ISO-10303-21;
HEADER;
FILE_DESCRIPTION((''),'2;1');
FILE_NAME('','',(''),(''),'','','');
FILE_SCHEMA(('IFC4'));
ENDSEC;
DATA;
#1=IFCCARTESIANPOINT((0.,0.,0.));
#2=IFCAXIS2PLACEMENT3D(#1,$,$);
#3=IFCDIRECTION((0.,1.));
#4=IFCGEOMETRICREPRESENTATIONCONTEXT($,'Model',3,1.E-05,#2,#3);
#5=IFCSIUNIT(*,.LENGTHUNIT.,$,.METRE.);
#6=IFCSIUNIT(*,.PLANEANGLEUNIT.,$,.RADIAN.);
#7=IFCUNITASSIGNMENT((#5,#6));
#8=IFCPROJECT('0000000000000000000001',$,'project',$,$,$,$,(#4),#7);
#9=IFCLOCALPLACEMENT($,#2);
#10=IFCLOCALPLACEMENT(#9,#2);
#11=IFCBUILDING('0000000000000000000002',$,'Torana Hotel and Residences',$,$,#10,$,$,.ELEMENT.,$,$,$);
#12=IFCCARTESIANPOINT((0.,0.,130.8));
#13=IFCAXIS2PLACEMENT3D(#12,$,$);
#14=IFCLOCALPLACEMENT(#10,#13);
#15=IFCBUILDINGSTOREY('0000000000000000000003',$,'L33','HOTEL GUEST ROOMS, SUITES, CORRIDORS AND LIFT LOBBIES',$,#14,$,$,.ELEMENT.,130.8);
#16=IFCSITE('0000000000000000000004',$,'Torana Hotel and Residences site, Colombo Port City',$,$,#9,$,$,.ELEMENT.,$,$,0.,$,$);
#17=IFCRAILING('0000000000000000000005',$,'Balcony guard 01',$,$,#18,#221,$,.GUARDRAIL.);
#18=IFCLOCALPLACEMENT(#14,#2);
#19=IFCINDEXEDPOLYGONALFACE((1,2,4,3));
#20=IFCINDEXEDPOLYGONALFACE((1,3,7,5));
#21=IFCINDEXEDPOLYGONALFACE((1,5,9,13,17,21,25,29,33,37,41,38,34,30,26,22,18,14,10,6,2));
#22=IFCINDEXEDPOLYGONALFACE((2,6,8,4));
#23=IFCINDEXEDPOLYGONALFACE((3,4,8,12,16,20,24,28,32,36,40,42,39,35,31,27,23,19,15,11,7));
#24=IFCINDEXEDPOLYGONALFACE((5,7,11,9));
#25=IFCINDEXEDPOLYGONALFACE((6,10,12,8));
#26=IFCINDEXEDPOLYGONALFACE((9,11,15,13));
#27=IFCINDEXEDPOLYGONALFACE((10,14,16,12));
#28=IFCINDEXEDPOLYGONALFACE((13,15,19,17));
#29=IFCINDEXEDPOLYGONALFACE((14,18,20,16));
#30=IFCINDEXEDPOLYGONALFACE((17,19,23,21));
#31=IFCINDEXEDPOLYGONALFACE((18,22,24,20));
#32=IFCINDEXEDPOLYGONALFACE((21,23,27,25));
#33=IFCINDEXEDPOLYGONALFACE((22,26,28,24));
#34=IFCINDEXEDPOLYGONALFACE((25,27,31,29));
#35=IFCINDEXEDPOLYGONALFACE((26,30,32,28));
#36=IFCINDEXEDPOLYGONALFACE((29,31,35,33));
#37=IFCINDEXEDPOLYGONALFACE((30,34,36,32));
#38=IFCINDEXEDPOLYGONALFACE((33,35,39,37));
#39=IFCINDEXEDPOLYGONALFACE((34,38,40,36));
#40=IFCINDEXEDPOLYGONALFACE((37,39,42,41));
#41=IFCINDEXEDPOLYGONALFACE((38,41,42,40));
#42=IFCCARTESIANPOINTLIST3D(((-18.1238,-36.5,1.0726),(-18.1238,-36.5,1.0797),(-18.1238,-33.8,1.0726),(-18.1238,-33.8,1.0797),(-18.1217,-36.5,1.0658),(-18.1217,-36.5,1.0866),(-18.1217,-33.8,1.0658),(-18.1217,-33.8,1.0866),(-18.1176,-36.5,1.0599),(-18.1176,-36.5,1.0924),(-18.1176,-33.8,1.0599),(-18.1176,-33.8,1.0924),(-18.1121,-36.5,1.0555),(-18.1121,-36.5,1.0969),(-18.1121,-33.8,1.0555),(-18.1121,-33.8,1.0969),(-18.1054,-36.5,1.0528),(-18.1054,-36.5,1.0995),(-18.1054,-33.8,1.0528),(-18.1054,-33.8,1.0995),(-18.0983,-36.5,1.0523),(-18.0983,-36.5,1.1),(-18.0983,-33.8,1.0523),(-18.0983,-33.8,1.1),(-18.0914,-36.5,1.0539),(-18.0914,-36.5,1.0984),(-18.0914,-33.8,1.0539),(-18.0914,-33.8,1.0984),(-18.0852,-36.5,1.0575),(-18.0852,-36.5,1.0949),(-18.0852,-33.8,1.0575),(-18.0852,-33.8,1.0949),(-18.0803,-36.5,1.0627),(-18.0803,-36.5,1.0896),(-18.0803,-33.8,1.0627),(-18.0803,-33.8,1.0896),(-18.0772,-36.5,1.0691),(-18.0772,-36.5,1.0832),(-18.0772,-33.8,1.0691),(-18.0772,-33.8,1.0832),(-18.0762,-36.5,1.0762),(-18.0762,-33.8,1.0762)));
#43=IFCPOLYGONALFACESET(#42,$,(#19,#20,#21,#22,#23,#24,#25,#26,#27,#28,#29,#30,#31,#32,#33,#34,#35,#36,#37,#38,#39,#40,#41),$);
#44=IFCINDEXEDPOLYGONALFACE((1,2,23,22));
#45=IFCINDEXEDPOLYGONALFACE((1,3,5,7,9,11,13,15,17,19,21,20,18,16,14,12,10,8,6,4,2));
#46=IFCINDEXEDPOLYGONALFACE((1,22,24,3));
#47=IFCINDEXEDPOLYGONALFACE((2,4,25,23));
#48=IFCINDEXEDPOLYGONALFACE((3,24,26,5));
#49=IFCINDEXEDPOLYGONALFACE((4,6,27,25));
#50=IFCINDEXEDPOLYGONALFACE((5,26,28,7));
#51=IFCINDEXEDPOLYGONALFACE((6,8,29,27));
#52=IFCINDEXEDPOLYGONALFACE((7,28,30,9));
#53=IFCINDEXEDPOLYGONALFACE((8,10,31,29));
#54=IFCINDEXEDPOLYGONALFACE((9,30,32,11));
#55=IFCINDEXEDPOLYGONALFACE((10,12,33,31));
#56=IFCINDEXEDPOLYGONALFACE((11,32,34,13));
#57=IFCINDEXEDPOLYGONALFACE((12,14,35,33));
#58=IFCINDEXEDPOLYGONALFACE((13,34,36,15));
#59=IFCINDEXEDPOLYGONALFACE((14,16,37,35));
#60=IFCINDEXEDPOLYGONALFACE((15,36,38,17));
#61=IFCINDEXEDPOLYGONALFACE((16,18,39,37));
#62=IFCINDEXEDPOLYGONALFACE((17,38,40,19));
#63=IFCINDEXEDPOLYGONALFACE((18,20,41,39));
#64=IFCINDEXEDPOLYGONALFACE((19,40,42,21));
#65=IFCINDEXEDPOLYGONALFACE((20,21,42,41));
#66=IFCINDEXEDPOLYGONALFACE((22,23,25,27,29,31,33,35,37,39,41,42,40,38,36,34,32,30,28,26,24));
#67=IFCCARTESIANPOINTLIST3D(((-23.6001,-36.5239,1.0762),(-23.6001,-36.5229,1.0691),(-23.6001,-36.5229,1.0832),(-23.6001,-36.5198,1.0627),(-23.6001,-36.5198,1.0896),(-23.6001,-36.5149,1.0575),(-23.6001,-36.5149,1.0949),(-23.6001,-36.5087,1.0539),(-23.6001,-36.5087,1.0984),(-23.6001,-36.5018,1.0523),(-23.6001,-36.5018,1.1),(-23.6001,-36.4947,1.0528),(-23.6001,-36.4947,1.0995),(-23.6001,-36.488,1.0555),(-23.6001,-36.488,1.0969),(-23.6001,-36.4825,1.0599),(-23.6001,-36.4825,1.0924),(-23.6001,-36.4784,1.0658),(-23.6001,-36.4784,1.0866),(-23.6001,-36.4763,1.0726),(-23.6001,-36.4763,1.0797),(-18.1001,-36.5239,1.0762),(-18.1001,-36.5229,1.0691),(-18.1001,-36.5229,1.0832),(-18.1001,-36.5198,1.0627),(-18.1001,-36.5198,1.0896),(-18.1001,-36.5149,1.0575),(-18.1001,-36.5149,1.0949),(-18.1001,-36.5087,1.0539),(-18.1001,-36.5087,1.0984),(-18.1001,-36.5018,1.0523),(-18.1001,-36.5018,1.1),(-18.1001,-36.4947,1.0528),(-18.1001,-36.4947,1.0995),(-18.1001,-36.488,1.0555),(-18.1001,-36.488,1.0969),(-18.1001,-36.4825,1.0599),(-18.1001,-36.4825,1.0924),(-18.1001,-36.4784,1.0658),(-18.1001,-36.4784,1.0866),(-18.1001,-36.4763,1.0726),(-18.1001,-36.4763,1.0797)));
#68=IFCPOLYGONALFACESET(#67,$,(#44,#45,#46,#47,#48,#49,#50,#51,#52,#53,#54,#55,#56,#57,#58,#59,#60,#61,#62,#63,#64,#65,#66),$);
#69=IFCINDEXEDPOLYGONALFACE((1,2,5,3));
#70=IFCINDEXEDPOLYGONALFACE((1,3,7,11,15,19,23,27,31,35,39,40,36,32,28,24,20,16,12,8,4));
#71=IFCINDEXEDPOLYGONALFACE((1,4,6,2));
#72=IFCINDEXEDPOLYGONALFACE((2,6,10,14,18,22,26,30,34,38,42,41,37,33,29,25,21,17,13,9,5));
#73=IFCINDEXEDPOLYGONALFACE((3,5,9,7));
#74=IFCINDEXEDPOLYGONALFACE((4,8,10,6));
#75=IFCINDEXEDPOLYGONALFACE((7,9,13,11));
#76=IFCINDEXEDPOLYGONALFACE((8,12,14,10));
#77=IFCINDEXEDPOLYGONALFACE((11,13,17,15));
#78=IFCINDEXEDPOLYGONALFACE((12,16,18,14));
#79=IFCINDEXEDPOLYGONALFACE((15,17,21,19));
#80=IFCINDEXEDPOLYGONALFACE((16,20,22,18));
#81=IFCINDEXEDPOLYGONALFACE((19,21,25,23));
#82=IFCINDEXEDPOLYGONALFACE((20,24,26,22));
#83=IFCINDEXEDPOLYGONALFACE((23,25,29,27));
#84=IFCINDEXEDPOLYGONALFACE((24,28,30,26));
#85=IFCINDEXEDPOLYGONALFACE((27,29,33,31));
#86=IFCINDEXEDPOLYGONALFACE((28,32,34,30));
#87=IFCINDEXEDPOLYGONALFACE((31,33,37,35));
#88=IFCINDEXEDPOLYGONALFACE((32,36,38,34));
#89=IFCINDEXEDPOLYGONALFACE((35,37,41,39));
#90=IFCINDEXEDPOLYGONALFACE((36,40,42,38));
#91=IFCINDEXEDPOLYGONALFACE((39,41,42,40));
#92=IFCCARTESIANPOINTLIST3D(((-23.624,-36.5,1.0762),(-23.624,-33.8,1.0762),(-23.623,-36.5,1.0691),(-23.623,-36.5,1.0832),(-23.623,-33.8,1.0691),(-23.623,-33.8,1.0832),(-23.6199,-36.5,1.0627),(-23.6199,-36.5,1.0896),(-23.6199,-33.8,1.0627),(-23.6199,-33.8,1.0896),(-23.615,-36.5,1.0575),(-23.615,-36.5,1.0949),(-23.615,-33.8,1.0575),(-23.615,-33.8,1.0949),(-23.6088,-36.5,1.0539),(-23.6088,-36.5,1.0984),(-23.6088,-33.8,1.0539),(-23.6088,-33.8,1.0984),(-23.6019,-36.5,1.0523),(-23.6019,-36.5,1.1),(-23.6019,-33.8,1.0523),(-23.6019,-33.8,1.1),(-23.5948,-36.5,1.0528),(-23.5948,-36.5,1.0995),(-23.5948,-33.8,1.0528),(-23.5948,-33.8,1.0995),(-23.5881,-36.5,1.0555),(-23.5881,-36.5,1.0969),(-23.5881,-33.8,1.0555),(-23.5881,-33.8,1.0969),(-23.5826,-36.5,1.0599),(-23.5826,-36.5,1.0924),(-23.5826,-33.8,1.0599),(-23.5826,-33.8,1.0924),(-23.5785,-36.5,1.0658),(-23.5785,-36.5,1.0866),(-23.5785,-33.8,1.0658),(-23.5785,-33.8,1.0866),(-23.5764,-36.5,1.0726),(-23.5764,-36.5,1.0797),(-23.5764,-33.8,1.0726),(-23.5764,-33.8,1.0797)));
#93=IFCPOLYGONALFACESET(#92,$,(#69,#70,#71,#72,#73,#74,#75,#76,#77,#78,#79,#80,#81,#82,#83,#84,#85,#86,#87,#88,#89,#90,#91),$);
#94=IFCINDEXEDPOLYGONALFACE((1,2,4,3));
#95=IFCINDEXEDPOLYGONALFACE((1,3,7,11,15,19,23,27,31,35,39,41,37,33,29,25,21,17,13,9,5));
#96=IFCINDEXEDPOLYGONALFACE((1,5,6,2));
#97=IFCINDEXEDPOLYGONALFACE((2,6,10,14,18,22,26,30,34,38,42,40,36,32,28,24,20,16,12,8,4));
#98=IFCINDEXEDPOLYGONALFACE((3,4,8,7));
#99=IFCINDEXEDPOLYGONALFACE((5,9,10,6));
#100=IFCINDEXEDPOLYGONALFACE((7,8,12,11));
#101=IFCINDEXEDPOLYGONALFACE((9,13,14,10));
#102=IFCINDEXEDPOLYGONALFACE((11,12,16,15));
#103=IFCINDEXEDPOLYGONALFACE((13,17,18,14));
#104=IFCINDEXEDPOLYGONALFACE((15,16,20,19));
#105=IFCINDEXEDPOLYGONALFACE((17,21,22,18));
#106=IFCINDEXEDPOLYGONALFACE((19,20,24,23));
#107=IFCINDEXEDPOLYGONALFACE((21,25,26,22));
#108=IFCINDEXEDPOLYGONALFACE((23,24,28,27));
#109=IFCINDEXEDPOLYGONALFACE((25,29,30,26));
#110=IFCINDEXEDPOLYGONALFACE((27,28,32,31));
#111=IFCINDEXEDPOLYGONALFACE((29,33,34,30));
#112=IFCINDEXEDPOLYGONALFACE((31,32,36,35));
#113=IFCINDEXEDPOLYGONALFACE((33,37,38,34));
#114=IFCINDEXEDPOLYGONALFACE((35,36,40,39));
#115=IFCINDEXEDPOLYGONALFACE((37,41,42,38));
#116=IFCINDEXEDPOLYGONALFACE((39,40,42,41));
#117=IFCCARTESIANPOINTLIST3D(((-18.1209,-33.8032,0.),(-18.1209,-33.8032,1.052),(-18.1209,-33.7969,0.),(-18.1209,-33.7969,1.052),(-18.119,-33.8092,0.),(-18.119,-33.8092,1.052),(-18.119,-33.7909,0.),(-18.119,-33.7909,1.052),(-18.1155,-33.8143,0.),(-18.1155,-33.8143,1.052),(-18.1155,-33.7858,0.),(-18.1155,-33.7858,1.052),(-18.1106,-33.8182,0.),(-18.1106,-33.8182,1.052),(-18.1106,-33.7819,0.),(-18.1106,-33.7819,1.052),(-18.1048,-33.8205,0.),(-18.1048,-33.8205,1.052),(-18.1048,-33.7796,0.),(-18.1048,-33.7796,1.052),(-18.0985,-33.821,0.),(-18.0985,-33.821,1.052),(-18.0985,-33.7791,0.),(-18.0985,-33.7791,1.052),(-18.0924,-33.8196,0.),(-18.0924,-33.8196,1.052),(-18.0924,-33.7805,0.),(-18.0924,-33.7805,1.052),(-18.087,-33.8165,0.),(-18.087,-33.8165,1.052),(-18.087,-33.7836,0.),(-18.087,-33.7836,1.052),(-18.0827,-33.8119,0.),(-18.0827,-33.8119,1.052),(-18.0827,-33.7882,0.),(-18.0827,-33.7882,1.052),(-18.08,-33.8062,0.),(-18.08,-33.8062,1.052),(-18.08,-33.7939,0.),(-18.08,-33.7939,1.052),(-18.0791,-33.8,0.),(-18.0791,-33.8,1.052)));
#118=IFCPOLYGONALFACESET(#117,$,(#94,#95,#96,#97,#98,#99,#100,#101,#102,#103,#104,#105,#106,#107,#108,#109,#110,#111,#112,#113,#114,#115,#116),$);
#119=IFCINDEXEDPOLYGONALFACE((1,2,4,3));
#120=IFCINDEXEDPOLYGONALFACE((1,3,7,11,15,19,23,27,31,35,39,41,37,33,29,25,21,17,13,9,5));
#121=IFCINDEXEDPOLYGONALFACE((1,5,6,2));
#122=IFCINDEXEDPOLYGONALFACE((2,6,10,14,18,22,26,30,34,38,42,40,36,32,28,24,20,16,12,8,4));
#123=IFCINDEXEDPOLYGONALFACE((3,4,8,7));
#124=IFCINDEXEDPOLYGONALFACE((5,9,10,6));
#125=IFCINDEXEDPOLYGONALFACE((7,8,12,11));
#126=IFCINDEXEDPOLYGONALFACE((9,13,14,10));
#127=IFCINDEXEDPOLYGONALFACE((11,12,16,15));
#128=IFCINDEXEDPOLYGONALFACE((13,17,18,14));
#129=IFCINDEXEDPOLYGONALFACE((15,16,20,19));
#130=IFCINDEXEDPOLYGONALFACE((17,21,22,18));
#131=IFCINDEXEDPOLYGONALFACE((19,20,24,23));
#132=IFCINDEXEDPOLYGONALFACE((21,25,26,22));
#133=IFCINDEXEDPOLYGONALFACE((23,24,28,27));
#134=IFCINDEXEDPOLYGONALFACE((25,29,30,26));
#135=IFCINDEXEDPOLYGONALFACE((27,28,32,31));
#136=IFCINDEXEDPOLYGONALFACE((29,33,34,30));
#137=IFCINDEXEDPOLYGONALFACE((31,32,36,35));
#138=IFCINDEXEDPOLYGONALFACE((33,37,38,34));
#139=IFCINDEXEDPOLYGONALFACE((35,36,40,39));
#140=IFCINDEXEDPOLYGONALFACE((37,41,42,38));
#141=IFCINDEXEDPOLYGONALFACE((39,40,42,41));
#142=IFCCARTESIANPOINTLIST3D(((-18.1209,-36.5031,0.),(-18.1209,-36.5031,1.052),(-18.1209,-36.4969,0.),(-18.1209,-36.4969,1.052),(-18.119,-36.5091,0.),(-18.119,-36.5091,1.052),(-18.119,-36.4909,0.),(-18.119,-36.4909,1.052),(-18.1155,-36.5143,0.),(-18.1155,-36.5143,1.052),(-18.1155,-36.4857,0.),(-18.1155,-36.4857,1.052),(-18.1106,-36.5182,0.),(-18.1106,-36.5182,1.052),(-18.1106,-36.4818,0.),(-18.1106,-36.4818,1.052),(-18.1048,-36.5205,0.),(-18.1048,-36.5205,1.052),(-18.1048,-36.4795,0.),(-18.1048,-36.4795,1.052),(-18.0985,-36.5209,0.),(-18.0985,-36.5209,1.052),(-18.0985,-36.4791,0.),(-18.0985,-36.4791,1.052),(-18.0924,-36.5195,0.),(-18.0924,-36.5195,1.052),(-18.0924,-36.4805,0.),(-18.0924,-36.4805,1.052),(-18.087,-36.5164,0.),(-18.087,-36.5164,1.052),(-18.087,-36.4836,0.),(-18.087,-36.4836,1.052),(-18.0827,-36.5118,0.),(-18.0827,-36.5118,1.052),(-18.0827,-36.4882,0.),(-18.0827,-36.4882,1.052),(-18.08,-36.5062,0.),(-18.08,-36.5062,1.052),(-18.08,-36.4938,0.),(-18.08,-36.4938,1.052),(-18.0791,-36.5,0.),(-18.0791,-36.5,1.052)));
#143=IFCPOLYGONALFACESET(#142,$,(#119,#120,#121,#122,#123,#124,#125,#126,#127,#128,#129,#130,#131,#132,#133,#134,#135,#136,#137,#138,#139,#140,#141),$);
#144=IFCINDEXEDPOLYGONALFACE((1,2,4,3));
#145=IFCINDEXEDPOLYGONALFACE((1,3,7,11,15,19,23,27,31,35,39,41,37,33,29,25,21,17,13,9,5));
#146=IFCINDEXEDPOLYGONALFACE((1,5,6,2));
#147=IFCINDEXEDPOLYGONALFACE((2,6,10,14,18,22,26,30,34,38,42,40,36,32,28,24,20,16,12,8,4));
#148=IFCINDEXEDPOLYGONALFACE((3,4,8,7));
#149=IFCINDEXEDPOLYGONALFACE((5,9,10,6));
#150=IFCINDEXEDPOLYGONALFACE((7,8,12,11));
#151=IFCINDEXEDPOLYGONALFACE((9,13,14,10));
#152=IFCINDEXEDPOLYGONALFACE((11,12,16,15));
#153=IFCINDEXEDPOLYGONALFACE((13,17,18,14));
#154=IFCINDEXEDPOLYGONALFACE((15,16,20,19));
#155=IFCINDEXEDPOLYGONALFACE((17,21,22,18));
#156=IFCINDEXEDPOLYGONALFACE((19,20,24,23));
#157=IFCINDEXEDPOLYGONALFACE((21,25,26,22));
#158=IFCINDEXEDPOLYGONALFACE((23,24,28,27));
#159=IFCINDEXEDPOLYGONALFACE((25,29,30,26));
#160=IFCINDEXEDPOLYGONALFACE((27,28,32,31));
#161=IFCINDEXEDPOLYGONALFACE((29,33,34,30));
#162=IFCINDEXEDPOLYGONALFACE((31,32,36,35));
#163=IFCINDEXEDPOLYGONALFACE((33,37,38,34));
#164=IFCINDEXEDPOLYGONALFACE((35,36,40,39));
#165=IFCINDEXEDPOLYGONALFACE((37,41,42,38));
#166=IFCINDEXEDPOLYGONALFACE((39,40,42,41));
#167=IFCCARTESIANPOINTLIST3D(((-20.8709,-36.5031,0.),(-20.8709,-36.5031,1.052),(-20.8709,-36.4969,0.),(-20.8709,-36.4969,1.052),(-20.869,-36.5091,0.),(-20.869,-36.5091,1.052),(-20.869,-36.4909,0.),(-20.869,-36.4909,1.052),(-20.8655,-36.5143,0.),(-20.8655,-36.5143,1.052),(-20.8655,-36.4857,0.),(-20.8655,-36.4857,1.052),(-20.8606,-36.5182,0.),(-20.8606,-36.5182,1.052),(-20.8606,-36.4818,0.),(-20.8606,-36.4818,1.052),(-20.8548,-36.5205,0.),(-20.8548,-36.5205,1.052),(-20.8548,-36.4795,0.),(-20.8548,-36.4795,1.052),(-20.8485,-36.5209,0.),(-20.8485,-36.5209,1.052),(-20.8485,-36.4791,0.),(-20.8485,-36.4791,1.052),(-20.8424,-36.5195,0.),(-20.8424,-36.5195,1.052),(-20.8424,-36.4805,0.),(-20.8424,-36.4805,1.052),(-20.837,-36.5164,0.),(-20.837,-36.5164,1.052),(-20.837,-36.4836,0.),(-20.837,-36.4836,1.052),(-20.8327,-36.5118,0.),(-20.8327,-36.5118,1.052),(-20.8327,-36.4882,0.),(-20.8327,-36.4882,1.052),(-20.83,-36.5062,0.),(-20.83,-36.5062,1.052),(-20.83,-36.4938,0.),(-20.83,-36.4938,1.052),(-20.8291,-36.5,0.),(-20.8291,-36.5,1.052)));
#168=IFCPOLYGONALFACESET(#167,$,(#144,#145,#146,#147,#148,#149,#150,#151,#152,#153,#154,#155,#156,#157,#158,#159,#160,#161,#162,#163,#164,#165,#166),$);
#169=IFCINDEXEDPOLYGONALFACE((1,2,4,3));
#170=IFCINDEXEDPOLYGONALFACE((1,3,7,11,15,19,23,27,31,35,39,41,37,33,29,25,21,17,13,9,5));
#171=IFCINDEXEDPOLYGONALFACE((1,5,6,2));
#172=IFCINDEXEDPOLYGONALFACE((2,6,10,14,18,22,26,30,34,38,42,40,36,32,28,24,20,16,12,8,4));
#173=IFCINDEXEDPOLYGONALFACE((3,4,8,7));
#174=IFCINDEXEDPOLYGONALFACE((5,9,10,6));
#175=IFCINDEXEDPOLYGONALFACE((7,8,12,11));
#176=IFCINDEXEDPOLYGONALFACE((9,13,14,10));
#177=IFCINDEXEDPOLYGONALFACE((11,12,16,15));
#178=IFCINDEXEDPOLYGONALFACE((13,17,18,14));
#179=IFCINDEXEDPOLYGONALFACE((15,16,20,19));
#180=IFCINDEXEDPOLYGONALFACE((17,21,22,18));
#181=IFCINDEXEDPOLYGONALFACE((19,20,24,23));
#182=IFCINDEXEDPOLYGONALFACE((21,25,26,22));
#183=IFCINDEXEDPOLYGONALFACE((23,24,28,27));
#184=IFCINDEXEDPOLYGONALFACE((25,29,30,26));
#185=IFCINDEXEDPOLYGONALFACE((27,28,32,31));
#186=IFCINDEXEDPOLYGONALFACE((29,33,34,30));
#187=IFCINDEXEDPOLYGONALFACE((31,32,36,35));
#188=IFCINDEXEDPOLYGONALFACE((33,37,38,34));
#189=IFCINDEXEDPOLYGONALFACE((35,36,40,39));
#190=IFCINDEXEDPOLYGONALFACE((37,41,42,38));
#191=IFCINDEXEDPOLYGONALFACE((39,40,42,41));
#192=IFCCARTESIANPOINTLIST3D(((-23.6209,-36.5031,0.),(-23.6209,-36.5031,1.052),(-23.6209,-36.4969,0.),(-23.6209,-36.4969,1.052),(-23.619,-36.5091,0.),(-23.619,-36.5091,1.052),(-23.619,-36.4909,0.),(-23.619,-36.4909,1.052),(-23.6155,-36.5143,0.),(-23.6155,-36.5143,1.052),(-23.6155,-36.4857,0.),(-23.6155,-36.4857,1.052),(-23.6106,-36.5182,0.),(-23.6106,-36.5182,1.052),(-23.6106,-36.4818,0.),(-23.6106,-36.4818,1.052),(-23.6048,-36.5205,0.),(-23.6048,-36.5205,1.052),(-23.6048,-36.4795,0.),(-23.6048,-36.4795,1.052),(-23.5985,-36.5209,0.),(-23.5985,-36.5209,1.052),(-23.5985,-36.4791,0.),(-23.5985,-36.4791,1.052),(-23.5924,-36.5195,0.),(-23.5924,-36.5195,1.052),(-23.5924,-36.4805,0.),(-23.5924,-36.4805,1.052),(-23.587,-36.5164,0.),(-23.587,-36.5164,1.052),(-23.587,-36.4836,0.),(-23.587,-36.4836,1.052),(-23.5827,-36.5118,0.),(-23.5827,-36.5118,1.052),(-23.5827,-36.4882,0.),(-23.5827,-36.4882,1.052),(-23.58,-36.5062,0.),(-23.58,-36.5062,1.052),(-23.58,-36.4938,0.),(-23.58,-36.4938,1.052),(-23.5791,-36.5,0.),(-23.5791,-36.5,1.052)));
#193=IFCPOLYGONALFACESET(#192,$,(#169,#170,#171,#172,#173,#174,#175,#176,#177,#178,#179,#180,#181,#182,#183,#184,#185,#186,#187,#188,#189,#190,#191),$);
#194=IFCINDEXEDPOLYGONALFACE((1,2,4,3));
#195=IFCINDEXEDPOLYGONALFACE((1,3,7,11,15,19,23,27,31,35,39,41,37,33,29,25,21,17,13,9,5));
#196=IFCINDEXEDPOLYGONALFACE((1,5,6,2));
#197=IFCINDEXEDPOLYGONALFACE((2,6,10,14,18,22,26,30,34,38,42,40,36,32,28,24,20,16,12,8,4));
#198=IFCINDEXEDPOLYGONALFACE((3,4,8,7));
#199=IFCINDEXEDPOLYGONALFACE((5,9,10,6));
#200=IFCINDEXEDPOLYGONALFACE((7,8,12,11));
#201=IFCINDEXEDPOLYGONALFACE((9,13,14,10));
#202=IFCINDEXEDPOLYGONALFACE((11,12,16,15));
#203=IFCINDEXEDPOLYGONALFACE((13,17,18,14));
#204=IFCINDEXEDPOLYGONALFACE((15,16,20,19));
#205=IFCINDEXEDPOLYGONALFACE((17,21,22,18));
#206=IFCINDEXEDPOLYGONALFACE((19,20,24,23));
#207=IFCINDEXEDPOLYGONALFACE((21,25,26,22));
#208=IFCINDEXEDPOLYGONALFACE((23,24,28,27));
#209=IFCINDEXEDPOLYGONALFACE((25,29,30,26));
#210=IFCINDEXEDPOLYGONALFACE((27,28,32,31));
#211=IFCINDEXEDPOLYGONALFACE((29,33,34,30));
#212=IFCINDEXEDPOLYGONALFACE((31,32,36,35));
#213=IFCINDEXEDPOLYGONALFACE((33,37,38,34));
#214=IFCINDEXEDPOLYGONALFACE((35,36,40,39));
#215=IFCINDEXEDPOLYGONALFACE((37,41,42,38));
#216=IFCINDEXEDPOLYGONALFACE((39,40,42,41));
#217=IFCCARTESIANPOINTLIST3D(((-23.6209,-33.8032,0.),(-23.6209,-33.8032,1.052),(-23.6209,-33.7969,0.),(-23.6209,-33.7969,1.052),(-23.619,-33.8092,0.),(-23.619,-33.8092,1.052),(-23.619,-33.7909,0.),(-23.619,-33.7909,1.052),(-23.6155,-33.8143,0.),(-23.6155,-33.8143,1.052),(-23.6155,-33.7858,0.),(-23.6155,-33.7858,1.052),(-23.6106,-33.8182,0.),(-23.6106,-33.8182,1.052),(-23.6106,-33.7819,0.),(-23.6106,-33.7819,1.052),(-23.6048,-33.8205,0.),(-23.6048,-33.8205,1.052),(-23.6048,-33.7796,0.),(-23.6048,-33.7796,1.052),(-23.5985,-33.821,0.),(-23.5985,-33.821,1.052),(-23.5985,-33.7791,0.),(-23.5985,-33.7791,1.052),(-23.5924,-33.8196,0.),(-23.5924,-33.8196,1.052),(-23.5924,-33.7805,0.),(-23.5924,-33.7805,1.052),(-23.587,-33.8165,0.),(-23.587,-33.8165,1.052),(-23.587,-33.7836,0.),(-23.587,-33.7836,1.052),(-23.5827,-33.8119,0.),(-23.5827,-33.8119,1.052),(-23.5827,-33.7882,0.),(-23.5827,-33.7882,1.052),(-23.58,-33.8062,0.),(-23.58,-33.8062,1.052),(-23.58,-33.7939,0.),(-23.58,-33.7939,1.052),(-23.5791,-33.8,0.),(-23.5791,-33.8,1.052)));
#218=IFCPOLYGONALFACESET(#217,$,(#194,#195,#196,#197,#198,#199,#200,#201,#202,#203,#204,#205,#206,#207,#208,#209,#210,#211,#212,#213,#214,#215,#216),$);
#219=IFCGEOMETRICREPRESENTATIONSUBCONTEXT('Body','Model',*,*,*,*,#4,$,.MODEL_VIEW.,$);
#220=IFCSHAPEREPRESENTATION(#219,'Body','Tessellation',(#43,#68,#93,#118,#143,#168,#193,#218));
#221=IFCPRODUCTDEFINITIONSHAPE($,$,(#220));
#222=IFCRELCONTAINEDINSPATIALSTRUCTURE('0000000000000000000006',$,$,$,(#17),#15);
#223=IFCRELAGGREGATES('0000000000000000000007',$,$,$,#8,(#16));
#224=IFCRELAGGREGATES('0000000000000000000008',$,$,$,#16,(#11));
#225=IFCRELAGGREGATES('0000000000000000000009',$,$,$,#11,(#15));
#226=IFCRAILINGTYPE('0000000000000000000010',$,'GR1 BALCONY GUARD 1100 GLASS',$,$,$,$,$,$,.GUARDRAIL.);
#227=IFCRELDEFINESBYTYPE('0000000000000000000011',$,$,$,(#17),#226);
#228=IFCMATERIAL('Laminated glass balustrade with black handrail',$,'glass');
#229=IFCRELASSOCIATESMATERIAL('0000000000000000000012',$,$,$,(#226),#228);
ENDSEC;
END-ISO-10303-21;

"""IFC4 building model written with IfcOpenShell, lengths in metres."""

from ifc_helpers import new_model, si_unit, direction, frame, origin, origin_2d, place, context, subcontext, project, spatial, circle, extrude, material, type_object, element, save


model = new_model("IFC4")

# Units and contexts
model_context = context("Model", 3, precision=1e-05, world=origin(), true_north=direction((0.0, 1.0)))
body_context = subcontext(model_context, "Body", "Model", "MODEL_VIEW")
ifc_project = project(units=[si_unit("LENGTHUNIT", "METRE"), si_unit("PLANEANGLEUNIT", "RADIAN")], contexts=[model_context])

# Site, building, storey
site_placement = place(None, origin())
site = spatial("IfcSite", under=ifc_project, at=site_placement, Name="Torana Hotel and Residences site, Colombo Port City", CompositionType="ELEMENT", RefElevation=0.0)
building_placement = place(site_placement, origin())
building = spatial("IfcBuilding", under=site, at=building_placement, Name="Torana Hotel and Residences", CompositionType="ELEMENT")
storey_placement = place(building_placement, frame((0.0, 0.0, 130.8)))
storey = spatial("IfcBuildingStorey", under=building, at=storey_placement, Name="L33", Description="HOTEL GUEST ROOMS, SUITES, CORRIDORS AND LIFT LOBBIES", CompositionType="ELEMENT", Elevation=130.8)

# Railing
ifc_material_1 = material(Name="Laminated glass balustrade with black handrail", Category="glass")
railing_type = type_object("IfcRailingType", Name="GR1 BALCONY GUARD 1100 GLASS", PredefinedType="GUARDRAIL", material=ifc_material_1)
railing_placement = place(storey_placement, frame((-18.1001, -33.8, 0.0)))
element("IfcRailing", 1, at=railing_placement, inside=storey, type_object=railing_type, Name="Balcony guard 01", PredefinedType="GUARDRAIL", context=body_context, shape_type="SweptSolid", body=[
    extrude(circle(Radius=0.0239, at=origin_2d()), frame((0.0, 0.0, 1.0762), z_axis=(0.0, -1.0, 0.0), x_axis=(1.0, 0.0, 0.0)), (0.0, 0.0, 1.0), 2.7),
    extrude(circle(Radius=0.0239, at=origin_2d()), frame((0.0, -2.7, 1.0762), z_axis=(-1.0, 0.0, 0.0), x_axis=(0.0, -1.0, 0.0)), (0.0, 0.0, 1.0), 5.5),
    extrude(circle(Radius=0.0239, at=origin_2d()), frame((-5.5, -2.7, 1.0762), z_axis=(0.0, 1.0, 0.0), x_axis=(-1.0, 0.0, 0.0)), (0.0, 0.0, 1.0), 2.7),
    extrude(circle(Radius=0.021, at=origin_2d()), origin(), (0.0, 0.0, 1.0), 1.052),
    extrude(circle(Radius=0.021, at=origin_2d()), frame((0.0, -2.7, 0.0)), (0.0, 0.0, 1.0), 1.052),
    extrude(circle(Radius=0.021, at=origin_2d()), frame((-2.75, -2.7, 0.0)), (0.0, 0.0, 1.0), 1.052),
    extrude(circle(Radius=0.021, at=origin_2d()), frame((-5.5, -2.7, 0.0)), (0.0, 0.0, 1.0), 1.052),
    extrude(circle(Radius=0.021, at=origin_2d()), frame((-5.5, 0.0, 0.0)), (0.0, 0.0, 1.0), 1.052),
])

save(model, "model.ifc")
